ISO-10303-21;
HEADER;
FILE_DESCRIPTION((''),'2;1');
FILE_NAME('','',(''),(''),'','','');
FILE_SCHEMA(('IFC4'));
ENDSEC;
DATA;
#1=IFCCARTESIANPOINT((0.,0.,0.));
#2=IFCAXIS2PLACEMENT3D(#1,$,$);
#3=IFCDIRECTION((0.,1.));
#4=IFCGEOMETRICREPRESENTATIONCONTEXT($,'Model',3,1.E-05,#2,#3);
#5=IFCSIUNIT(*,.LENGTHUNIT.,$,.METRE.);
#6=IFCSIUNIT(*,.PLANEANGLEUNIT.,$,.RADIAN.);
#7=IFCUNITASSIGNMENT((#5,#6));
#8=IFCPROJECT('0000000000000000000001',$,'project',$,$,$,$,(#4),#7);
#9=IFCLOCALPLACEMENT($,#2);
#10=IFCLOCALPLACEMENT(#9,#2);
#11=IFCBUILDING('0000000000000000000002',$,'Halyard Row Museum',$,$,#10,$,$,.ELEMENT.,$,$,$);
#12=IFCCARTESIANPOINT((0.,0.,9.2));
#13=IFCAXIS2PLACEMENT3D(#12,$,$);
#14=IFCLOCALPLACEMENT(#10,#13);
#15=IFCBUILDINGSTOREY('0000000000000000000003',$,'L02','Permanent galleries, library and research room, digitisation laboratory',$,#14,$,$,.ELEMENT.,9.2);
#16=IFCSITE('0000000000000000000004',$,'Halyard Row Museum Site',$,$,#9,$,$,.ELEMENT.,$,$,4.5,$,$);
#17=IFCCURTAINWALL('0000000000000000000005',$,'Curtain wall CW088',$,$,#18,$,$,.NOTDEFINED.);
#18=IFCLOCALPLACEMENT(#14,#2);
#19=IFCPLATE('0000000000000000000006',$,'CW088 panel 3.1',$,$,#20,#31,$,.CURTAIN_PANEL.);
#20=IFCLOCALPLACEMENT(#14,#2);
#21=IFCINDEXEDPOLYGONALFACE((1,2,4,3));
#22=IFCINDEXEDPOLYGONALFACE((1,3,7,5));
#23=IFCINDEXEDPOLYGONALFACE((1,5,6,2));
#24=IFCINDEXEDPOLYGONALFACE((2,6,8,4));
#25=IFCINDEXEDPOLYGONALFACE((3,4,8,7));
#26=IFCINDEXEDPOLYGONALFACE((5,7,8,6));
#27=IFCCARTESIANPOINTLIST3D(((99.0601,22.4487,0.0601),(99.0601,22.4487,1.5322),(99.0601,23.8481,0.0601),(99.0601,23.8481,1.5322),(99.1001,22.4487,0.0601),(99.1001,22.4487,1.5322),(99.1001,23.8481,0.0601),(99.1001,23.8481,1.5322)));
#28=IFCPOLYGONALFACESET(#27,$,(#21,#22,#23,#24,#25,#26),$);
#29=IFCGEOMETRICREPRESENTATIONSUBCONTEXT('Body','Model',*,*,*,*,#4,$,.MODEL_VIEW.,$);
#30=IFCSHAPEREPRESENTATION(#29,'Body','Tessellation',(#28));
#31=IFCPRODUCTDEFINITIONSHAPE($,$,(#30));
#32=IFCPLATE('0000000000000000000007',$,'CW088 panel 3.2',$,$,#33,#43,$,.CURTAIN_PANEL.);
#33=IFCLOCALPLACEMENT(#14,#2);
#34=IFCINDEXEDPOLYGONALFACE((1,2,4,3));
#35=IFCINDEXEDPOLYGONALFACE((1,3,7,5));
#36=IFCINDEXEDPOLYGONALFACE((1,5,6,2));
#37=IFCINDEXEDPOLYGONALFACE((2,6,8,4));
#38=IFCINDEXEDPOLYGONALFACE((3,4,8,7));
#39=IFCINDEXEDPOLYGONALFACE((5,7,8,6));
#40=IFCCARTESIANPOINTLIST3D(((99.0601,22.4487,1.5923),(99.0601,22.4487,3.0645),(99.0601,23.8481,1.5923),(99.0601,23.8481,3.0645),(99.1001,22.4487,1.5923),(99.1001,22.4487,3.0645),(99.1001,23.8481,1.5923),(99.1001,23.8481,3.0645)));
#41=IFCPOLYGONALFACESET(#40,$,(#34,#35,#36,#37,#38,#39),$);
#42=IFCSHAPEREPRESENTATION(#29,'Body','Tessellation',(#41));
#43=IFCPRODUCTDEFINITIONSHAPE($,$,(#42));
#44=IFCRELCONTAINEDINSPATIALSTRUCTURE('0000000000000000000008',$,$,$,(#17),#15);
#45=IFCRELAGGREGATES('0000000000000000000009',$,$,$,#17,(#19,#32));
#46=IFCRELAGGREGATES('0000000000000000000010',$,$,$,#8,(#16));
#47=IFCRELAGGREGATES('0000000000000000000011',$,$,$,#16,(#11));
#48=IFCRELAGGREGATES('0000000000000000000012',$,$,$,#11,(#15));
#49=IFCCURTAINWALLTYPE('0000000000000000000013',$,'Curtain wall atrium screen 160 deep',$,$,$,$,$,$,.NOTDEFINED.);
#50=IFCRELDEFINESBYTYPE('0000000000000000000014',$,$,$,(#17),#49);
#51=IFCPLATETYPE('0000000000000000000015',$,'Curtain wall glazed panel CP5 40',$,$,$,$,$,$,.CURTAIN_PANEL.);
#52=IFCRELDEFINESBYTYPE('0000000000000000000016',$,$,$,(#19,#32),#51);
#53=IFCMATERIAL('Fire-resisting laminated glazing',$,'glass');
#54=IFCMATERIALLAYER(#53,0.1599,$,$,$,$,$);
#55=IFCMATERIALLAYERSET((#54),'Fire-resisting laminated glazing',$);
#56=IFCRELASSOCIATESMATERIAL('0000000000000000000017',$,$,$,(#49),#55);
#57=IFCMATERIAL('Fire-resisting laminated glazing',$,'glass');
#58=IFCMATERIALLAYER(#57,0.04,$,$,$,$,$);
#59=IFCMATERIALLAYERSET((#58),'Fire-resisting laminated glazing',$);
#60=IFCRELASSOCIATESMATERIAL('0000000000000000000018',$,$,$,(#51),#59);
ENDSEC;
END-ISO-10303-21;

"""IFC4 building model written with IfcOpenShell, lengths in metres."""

from ifc_helpers import new_model, si_unit, direction, frame, origin, origin_2d, place, context, subcontext, project, spatial, rectangle, extrude, material, layer, layer_set, type_object, element, aggregate, save


model = new_model("IFC4")

# Units and contexts
model_context = context("Model", 3, precision=1e-05, world=origin(), true_north=direction((0.0, 1.0)))
body_context = subcontext(model_context, "Body", "Model", "MODEL_VIEW")
ifc_project = project(units=[si_unit("LENGTHUNIT", "METRE"), si_unit("PLANEANGLEUNIT", "RADIAN")], contexts=[model_context])

# Site, building, storey
site_placement = place(None, origin())
site = spatial("IfcSite", under=ifc_project, at=site_placement, Name="Halyard Row Museum Site", CompositionType="ELEMENT", RefElevation=4.5)
building_placement = place(site_placement, origin())
building = spatial("IfcBuilding", under=site, at=building_placement, Name="Halyard Row Museum", CompositionType="ELEMENT")
storey_placement = place(building_placement, frame((0.0, 0.0, 9.2)))
storey = spatial("IfcBuildingStorey", under=building, at=storey_placement, Name="L02", Description="Permanent galleries, library and research room, digitisation laboratory", CompositionType="ELEMENT", Elevation=9.2)

# Curtain wall
ifc_material_1 = material(Name="Fire-resisting laminated glazing", Category="glass")
ifc_layer_1 = layer(ifc_material_1, 0.1599)
ifc_layer_set_1 = layer_set([ifc_layer_1], Name="Fire-resisting laminated glazing")
curtain_wall_type = type_object("IfcCurtainWallType", Name="Curtain wall atrium screen 160 deep", PredefinedType="NOTDEFINED", material=ifc_layer_set_1)
curtain_wall_placement = place(storey_placement, origin())
curtain_wall = element("IfcCurtainWall", 1, at=curtain_wall_placement, inside=storey, type_object=curtain_wall_type, Name="Curtain wall CW088", PredefinedType="NOTDEFINED")

# Plates
ifc_material_2 = material(Name="Fire-resisting laminated glazing", Category="glass")
ifc_layer_2 = layer(ifc_material_2, 0.04)
ifc_layer_set_2 = layer_set([ifc_layer_2], Name="Fire-resisting laminated glazing")
plate_type = type_object("IfcPlateType", Name="Curtain wall glazed panel CP5 40", PredefinedType="CURTAIN_PANEL", material=ifc_layer_set_2)
plate_1_placement = place(storey_placement, frame((99.0801, 23.1484, 0.0601), z_axis=(0.0, 0.0, 1.0), x_axis=(0.0, 1.0, 0.0)))
plate_1 = element("IfcPlate", 2, at=plate_1_placement, type_object=plate_type, Name="CW088 panel 3.1", PredefinedType="CURTAIN_PANEL", context=body_context, shape_type="SweptSolid", body=[
    extrude(rectangle(XDim=1.3994, YDim=0.04, at=origin_2d()), origin(), (0.0, 0.0, 1.0), 1.4722),
])
plate_2_placement = place(storey_placement, frame((99.0801, 23.1484, 1.5923), z_axis=(0.0, 0.0, 1.0), x_axis=(0.0, 1.0, 0.0)))
plate_2 = element("IfcPlate", 3, at=plate_2_placement, type_object=plate_type, Name="CW088 panel 3.2", PredefinedType="CURTAIN_PANEL", context=body_context, shape_type="SweptSolid", body=[
    extrude(rectangle(XDim=1.3994, YDim=0.04, at=origin_2d()), origin(), (0.0, 0.0, 1.0), 1.4722),
])
aggregate(curtain_wall, [plate_1, plate_2])

save(model, "model.ifc")
